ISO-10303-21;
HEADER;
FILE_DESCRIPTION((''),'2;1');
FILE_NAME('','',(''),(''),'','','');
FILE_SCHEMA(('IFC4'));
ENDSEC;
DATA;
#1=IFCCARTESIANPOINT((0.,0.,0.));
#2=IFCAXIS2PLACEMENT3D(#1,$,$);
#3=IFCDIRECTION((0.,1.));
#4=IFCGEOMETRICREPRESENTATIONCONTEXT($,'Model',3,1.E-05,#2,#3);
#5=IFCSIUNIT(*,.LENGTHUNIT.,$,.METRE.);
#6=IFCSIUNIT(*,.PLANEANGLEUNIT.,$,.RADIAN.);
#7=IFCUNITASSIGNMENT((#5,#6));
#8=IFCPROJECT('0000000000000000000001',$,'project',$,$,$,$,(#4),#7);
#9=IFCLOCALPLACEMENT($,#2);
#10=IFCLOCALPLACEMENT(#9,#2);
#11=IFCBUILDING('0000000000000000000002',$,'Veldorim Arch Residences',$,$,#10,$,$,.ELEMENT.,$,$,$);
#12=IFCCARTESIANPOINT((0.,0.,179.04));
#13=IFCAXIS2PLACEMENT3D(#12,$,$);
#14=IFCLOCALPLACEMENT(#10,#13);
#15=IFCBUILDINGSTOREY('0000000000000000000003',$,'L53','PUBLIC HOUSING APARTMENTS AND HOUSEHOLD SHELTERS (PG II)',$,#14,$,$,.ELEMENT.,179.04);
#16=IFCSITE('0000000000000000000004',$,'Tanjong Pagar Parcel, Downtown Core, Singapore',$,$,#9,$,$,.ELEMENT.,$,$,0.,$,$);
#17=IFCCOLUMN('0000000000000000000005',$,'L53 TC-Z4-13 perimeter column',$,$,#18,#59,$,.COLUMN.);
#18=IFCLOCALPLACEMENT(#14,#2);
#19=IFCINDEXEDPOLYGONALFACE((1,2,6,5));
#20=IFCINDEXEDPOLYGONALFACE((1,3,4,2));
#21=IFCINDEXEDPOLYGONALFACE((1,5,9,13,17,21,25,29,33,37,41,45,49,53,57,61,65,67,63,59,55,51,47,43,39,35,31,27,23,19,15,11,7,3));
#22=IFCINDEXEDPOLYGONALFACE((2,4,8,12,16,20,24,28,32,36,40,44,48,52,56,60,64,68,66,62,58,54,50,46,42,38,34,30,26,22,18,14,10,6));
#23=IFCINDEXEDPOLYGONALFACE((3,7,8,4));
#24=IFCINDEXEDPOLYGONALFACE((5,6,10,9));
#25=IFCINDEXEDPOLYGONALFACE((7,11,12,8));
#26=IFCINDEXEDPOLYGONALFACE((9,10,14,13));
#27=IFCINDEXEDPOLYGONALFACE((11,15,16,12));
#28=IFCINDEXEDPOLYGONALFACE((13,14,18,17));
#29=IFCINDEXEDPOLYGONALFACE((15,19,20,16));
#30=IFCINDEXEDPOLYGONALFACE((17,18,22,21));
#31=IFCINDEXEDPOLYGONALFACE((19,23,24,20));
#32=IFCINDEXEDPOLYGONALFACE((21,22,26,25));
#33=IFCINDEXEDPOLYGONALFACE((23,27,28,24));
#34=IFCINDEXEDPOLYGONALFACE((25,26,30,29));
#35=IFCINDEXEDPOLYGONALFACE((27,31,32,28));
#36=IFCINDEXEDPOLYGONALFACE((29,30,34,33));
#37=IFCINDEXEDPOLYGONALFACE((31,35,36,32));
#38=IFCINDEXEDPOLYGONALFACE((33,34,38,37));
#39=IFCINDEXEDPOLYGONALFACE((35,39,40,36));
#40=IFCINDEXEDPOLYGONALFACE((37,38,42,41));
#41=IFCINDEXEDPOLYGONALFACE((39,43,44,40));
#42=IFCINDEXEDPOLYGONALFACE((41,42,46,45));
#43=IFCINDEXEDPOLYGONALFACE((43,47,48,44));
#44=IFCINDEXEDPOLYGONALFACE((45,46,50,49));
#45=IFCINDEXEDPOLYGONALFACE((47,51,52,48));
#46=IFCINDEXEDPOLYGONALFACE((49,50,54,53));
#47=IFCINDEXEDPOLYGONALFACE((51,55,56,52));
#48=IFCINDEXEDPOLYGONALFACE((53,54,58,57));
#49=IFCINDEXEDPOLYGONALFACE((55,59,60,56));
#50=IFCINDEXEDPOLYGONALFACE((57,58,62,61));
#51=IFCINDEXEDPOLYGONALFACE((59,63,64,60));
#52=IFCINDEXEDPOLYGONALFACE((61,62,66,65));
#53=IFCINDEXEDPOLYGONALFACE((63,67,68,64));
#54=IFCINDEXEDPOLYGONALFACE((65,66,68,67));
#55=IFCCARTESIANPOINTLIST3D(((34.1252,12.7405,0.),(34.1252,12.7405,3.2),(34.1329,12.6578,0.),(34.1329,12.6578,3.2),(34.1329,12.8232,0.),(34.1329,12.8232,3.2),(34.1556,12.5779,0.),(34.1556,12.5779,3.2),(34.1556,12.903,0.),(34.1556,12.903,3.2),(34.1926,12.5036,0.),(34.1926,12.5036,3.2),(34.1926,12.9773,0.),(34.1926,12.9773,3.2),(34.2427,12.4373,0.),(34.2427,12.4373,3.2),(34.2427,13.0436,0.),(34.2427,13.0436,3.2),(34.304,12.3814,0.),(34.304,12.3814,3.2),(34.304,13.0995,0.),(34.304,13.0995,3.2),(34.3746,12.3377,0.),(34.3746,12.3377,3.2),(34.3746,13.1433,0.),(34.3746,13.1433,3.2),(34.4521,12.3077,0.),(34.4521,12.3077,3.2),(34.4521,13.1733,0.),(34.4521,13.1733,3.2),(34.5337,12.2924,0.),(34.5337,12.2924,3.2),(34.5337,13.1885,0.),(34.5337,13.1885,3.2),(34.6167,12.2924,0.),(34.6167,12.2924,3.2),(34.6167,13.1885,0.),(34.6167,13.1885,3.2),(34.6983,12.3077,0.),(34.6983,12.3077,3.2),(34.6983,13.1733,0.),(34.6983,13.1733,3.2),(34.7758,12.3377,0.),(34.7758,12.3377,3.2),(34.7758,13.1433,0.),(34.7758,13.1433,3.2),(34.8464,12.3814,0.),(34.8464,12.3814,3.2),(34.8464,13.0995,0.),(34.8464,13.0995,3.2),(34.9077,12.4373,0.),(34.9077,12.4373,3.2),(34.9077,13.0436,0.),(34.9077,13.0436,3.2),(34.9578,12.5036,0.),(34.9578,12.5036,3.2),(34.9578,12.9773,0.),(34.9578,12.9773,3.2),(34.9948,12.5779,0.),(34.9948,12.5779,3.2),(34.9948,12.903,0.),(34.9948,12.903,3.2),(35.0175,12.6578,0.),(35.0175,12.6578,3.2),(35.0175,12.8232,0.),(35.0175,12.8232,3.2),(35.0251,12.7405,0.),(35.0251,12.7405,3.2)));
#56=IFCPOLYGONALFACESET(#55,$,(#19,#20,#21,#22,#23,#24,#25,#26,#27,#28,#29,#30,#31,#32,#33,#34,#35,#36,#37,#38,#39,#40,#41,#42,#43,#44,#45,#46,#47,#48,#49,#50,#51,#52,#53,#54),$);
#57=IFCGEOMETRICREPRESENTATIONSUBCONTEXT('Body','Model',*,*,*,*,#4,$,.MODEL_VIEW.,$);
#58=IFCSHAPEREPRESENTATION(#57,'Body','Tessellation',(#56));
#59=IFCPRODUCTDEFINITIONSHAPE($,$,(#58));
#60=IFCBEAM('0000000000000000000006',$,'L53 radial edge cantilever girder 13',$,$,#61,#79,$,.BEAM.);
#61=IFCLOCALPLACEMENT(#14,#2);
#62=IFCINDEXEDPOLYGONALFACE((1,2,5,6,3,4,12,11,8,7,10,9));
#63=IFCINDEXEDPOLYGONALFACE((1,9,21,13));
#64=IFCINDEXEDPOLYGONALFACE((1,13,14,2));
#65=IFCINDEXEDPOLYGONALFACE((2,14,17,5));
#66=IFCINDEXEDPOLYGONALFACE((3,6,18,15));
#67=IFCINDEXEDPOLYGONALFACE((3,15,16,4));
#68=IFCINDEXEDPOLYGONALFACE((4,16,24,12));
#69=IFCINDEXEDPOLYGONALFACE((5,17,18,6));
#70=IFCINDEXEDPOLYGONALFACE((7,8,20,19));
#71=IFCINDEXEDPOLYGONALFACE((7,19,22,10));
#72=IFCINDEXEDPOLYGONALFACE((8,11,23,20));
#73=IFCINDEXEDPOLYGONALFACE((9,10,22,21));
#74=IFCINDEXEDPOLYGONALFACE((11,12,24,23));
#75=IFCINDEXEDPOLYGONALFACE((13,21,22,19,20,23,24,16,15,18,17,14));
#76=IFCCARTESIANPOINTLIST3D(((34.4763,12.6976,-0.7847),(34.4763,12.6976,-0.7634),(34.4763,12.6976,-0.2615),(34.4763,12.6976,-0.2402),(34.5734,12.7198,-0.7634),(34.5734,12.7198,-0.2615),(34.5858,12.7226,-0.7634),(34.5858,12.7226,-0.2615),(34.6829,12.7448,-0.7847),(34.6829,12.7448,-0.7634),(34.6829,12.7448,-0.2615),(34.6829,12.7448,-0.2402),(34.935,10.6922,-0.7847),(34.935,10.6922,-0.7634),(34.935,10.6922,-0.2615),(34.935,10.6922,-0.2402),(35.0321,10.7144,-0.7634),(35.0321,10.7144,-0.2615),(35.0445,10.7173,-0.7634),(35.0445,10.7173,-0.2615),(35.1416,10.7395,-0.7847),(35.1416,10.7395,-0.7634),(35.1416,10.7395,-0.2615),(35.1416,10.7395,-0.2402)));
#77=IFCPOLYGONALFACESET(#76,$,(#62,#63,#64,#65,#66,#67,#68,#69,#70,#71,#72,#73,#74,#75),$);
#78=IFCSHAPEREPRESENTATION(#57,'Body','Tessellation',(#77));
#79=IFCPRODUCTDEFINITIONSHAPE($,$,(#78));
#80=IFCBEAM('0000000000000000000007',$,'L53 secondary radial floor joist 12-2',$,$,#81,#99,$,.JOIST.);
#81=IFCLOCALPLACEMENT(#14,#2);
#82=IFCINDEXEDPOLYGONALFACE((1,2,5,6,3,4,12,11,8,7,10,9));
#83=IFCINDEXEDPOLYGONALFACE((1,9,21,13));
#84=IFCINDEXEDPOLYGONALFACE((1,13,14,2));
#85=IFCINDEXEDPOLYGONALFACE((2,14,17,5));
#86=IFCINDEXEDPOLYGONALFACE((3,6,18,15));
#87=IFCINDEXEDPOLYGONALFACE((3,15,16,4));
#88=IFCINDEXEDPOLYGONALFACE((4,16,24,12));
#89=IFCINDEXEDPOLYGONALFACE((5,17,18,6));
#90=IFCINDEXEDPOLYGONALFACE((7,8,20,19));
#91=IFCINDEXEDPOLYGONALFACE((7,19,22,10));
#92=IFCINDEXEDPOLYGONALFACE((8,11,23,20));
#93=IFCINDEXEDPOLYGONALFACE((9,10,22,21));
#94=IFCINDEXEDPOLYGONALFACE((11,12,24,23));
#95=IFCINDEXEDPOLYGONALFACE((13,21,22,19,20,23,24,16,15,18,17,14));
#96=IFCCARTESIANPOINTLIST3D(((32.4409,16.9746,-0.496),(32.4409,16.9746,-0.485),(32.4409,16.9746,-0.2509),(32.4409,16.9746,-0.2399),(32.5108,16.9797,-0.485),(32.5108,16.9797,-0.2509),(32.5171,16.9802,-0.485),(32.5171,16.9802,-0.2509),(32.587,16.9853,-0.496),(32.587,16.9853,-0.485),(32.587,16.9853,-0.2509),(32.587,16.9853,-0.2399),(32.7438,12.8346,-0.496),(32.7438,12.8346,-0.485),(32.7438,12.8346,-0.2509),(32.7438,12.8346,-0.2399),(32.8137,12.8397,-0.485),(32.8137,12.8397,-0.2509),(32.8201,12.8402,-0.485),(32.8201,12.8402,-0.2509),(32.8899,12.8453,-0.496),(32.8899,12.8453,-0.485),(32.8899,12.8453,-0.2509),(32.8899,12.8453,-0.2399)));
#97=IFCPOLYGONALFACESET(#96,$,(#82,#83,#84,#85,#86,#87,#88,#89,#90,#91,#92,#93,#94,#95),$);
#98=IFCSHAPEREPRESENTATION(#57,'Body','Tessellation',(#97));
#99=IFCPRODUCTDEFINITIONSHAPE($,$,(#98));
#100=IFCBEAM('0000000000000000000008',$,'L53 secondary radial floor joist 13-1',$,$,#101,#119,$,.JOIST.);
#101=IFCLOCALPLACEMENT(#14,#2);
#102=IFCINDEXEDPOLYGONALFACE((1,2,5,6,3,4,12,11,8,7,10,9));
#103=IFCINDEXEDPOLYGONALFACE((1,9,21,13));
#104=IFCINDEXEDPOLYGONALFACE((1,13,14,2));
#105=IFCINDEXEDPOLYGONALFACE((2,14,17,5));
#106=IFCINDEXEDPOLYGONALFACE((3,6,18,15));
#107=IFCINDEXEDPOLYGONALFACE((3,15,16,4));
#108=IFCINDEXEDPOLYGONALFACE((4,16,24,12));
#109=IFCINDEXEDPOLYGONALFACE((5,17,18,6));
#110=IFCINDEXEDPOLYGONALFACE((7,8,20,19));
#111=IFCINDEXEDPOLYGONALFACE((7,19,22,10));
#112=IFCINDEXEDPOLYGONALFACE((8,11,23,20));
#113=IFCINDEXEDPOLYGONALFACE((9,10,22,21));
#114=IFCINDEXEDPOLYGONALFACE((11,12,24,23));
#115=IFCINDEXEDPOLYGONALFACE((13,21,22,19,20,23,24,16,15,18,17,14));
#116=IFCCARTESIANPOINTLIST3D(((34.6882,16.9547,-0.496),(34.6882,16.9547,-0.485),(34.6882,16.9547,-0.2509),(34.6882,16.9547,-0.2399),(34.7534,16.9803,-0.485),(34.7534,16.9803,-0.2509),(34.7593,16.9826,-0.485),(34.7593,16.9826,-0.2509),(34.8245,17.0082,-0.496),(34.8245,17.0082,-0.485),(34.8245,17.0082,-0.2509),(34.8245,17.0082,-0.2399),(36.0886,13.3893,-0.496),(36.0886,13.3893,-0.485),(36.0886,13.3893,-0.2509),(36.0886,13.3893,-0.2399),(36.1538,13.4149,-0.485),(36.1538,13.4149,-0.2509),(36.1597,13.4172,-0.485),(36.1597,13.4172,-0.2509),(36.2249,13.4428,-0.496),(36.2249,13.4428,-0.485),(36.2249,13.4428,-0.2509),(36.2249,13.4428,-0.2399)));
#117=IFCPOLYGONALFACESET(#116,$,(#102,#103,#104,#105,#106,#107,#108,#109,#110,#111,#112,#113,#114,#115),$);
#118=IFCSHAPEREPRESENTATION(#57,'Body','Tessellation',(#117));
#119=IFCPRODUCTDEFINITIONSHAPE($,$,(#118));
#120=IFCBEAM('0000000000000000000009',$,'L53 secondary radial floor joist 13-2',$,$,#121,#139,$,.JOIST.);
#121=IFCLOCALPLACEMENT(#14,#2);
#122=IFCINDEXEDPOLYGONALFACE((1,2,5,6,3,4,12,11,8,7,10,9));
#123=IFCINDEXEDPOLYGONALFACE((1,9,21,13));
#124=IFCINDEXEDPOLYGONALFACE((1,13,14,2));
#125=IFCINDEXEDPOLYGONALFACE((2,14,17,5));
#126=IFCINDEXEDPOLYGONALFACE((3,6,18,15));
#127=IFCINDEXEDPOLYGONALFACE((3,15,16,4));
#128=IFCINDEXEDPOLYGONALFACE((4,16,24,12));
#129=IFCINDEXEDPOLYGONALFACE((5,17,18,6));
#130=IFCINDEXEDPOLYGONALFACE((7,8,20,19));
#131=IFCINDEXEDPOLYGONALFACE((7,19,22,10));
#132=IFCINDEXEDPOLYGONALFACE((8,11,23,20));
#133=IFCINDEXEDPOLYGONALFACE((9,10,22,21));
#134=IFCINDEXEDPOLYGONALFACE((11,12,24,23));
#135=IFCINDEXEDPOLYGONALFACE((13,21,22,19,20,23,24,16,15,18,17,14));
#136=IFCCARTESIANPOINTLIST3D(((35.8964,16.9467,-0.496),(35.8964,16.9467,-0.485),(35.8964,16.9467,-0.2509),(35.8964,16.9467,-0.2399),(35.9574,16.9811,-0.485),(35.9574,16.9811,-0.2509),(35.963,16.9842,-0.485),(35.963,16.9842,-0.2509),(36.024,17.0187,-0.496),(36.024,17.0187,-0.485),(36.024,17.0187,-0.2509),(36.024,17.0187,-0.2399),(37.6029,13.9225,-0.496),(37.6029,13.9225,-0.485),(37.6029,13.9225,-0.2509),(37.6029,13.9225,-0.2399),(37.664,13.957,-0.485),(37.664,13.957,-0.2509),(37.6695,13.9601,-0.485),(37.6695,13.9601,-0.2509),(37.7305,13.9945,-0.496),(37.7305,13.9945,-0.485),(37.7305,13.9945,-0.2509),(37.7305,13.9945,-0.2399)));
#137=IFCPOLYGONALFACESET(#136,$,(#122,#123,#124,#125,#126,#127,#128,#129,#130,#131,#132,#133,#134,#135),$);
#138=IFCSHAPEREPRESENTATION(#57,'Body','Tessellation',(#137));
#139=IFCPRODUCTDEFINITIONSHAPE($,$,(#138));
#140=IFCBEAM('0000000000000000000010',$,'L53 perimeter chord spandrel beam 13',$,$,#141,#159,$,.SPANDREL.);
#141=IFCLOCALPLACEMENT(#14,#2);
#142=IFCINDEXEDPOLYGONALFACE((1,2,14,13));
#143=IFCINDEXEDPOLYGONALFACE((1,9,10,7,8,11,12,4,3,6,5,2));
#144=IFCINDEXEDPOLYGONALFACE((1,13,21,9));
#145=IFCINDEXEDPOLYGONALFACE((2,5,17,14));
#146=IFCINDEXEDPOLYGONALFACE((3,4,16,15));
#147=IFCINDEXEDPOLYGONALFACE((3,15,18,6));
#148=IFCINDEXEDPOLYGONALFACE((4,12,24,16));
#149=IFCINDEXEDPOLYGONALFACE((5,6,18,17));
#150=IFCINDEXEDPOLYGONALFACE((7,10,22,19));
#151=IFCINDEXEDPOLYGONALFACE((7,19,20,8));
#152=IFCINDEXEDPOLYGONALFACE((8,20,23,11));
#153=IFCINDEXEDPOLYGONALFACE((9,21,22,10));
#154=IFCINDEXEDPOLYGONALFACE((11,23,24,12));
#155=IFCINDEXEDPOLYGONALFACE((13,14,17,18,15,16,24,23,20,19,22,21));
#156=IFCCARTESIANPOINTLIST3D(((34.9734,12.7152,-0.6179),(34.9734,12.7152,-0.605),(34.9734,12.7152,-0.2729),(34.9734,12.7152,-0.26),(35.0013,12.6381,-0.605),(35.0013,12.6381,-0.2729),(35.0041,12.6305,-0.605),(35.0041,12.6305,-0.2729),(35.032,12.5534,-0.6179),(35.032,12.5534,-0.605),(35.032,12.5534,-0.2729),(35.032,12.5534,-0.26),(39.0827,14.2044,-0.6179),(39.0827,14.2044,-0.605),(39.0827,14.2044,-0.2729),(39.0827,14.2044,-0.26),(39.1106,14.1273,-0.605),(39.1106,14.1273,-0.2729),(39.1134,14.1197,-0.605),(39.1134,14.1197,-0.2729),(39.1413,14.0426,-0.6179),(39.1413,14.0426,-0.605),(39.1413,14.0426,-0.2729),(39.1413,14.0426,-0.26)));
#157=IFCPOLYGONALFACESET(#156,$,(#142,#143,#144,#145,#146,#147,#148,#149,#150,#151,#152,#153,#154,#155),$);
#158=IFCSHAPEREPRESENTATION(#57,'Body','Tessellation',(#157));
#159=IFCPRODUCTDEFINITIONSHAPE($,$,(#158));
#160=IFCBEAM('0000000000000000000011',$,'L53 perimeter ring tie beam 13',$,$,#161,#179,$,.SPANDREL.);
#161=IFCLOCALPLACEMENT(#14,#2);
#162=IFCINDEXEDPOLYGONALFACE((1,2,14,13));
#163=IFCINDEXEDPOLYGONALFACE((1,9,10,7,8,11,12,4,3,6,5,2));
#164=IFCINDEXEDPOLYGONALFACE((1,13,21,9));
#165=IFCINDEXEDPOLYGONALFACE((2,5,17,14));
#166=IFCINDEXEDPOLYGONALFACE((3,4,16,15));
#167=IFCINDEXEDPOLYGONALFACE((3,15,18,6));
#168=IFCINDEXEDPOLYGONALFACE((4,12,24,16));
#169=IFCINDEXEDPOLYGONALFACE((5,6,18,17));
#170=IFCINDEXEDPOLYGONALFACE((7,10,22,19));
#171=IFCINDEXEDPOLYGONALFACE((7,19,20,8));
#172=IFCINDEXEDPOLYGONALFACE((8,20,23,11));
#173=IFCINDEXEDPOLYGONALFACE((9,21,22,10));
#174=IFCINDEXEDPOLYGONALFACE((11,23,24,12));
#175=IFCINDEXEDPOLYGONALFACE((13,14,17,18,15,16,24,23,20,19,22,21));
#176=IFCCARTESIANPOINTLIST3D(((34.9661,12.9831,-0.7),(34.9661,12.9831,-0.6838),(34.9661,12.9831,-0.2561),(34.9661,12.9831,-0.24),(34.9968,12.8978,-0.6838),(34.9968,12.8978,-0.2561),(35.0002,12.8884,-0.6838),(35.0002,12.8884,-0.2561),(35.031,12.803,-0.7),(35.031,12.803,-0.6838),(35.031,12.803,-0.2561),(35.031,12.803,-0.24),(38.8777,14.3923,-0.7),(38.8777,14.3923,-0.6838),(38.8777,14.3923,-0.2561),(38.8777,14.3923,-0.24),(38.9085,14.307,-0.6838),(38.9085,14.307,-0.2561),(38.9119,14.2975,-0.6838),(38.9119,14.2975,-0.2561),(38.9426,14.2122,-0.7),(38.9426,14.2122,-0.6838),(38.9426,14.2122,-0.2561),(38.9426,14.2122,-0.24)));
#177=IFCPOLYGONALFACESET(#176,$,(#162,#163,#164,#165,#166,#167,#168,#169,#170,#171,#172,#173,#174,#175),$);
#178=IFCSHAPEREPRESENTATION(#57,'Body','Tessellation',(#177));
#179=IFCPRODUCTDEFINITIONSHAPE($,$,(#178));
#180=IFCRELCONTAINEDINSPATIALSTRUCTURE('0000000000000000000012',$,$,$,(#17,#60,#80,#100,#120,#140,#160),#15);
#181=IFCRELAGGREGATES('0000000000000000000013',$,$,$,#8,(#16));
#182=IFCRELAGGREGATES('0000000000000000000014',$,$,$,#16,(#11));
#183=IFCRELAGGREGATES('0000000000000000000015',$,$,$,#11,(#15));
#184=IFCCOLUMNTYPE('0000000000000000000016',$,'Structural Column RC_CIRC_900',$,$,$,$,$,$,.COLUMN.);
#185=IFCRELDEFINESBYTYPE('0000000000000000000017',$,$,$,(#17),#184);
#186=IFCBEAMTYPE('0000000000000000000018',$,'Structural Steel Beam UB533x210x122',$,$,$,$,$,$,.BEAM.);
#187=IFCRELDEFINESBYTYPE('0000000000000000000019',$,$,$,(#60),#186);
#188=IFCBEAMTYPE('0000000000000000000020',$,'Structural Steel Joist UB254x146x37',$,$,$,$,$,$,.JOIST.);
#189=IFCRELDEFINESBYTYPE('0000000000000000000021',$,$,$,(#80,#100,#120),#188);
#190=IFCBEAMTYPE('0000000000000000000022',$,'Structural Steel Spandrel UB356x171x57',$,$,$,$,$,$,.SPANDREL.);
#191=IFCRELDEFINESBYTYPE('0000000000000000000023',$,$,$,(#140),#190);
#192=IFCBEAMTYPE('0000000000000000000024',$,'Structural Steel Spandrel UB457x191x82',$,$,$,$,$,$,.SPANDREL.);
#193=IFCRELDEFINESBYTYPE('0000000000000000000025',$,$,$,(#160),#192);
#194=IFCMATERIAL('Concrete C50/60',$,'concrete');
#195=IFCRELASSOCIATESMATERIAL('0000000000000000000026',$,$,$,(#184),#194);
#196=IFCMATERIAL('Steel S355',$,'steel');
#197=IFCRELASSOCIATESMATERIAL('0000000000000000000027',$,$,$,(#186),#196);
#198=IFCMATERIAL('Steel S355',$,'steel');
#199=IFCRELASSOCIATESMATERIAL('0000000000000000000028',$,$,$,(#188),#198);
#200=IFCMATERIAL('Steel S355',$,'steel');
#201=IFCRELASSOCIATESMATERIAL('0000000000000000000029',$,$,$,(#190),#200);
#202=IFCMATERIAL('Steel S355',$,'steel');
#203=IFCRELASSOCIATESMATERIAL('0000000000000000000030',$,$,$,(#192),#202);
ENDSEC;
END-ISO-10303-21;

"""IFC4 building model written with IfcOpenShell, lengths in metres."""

from ifc_helpers import new_model, si_unit, direction, frame, origin, origin_2d, place, context, subcontext, project, spatial, circle, i_section, extrude, material, material_profile, profile_set, type_object, element, save


model = new_model("IFC4")

# Units and contexts
model_context = context("Model", 3, precision=1e-05, world=origin(), true_north=direction((0.0, 1.0)))
body_context = subcontext(model_context, "Body", "Model", "MODEL_VIEW")
ifc_project = project(units=[si_unit("LENGTHUNIT", "METRE"), si_unit("PLANEANGLEUNIT", "RADIAN")], contexts=[model_context])

# Site, building, storey
site_placement = place(None, origin())
site = spatial("IfcSite", under=ifc_project, at=site_placement, Name="Tanjong Pagar Parcel, Downtown Core, Singapore", CompositionType="ELEMENT", RefElevation=0.0)
building_placement = place(site_placement, origin())
building = spatial("IfcBuilding", under=site, at=building_placement, Name="Veldorim Arch Residences", CompositionType="ELEMENT")
storey_placement = place(building_placement, frame((0.0, 0.0, 179.04)))
storey = spatial("IfcBuildingStorey", under=building, at=storey_placement, Name="L53", Description="PUBLIC HOUSING APARTMENTS AND HOUSEHOLD SHELTERS (PG II)", CompositionType="ELEMENT", Elevation=179.04)

# Column
ifc_material_1 = material(Name="Concrete C50/60", Category="concrete")
ifc_material_profile_1 = material_profile(ifc_material_1, circle(Radius=0.45, at=origin_2d()), Name="RC_CIRC_900")
ifc_profile_set_1 = profile_set([ifc_material_profile_1], Name="Concrete C50/60")
column_type = type_object("IfcColumnType", Name="Structural Column RC_CIRC_900", PredefinedType="COLUMN", material=ifc_profile_set_1)
column_placement = place(storey_placement, frame((34.5752, 12.7405, 0.0), z_axis=(0.0, 0.0, 1.0), x_axis=(1.0, 0.0, 0.0)))
element("IfcColumn", 1, at=column_placement, inside=storey, type_object=column_type, Name="L53 TC-Z4-13 perimeter column", PredefinedType="COLUMN", context=body_context, shape_type="SweptSolid", body=[
    extrude(circle(Radius=0.45, at=origin_2d()), origin(), (0.0, 0.0, 1.0), 3.2),
])

# Beams
ifc_material_2 = material(Name="Steel S355", Category="steel")
ifc_material_profile_2 = material_profile(ifc_material_2, i_section(OverallWidth=0.2119, OverallDepth=0.5444, WebThickness=0.0127, FlangeThickness=0.0212, at=origin_2d()), Name="UB533x210x122")
ifc_profile_set_2 = profile_set([ifc_material_profile_2], Name="Steel S355")
beam_type_1 = type_object("IfcBeamType", Name="Structural Steel Beam UB533x210x122", PredefinedType="BEAM", material=ifc_profile_set_2)
beam_1_placement = place(storey_placement, frame((34.5796, 12.7212, -0.5125), z_axis=(0.222996, -0.974819, 0.0), x_axis=(0.974819, 0.222996, 0.0)))
element("IfcBeam", 2, at=beam_1_placement, inside=storey, type_object=beam_type_1, Name="L53 radial edge cantilever girder 13", PredefinedType="BEAM", context=body_context, shape_type="SweptSolid", body=[
    extrude(i_section(OverallWidth=0.2119, OverallDepth=0.5444, WebThickness=0.0127, FlangeThickness=0.0212, at=origin_2d()), origin(), (0.0, 0.0, 1.0), 2.0571),
])
ifc_material_3 = material(Name="Steel S355", Category="steel")
ifc_material_profile_3 = material_profile(ifc_material_3, i_section(OverallWidth=0.1465, OverallDepth=0.2561, WebThickness=0.0063, FlangeThickness=0.011, at=origin_2d()), Name="UB254x146x37")
ifc_profile_set_3 = profile_set([ifc_material_profile_3], Name="Steel S355")
beam_type_2 = type_object("IfcBeamType", Name="Structural Steel Joist UB254x146x37", PredefinedType="JOIST", material=ifc_profile_set_3)
beam_2_placement = place(storey_placement, frame((32.5139, 16.98, -0.3679), z_axis=(0.072986, -0.997333, 0.0), x_axis=(0.997333, 0.072986, 0.0)))
element("IfcBeam", 3, at=beam_2_placement, inside=storey, type_object=beam_type_2, Name="L53 secondary radial floor joist 12-2", PredefinedType="JOIST", context=body_context, shape_type="SweptSolid", body=[
    extrude(i_section(OverallWidth=0.1465, OverallDepth=0.2561, WebThickness=0.0063, FlangeThickness=0.011, at=origin_2d()), origin(), (0.0, 0.0, 1.0), 4.1511),
])
beam_3_placement = place(storey_placement, frame((34.7563, 16.9814, -0.3679), z_axis=(0.365581, -0.930779, 0.0), x_axis=(0.930779, 0.365581, 0.0)))
element("IfcBeam", 4, at=beam_3_placement, inside=storey, type_object=beam_type_2, Name="L53 secondary radial floor joist 13-1", PredefinedType="JOIST", context=body_context, shape_type="SweptSolid", body=[
    extrude(i_section(OverallWidth=0.1465, OverallDepth=0.2561, WebThickness=0.0063, FlangeThickness=0.011, at=origin_2d()), origin(), (0.0, 0.0, 1.0), 3.8306),
])
beam_4_placement = place(storey_placement, frame((35.9602, 16.9827, -0.3679), z_axis=(0.491452, -0.870904, 0.0), x_axis=(0.870904, 0.491452, 0.0)))
element("IfcBeam", 5, at=beam_4_placement, inside=storey, type_object=beam_type_2, Name="L53 secondary radial floor joist 13-2", PredefinedType="JOIST", context=body_context, shape_type="SweptSolid", body=[
    extrude(i_section(OverallWidth=0.1465, OverallDepth=0.2561, WebThickness=0.0063, FlangeThickness=0.011, at=origin_2d()), origin(), (0.0, 0.0, 1.0), 3.4724),
])
ifc_material_4 = material(Name="Steel S355", Category="steel")
ifc_material_profile_4 = material_profile(ifc_material_4, i_section(OverallWidth=0.1721, OverallDepth=0.3579, WebThickness=0.0081, FlangeThickness=0.0129, at=origin_2d()), Name="UB356x171x57")
ifc_profile_set_4 = profile_set([ifc_material_profile_4], Name="Steel S355")
beam_type_3 = type_object("IfcBeamType", Name="Structural Steel Spandrel UB356x171x57", PredefinedType="SPANDREL", material=ifc_profile_set_4)
beam_5_placement = place(storey_placement, frame((35.0027, 12.6343, -0.439), z_axis=(0.940165, 0.34072, 0.0), x_axis=(-0.34072, 0.940165, 0.0)))
element("IfcBeam", 6, at=beam_5_placement, inside=storey, type_object=beam_type_3, Name="L53 perimeter chord spandrel beam 13", PredefinedType="SPANDREL", context=body_context, shape_type="SweptSolid", body=[
    extrude(i_section(OverallWidth=0.1721, OverallDepth=0.3579, WebThickness=0.0081, FlangeThickness=0.0129, at=origin_2d()), origin(), (0.0, 0.0, 1.0), 4.3708),
])
ifc_material_5 = material(Name="Steel S355", Category="steel")
ifc_material_profile_5 = material_profile(ifc_material_5, i_section(OverallWidth=0.1914, OverallDepth=0.46, WebThickness=0.01, FlangeThickness=0.0161, at=origin_2d()), Name="UB457x191x82")
ifc_profile_set_5 = profile_set([ifc_material_profile_5], Name="Steel S355")
beam_type_4 = type_object("IfcBeamType", Name="Structural Steel Spandrel UB457x191x82", PredefinedType="SPANDREL", material=ifc_profile_set_5)
beam_6_placement = place(storey_placement, frame((34.9985, 12.8931, -0.47), z_axis=(0.940811, 0.338932, 0.0), x_axis=(-0.338932, 0.940811, 0.0)))
element("IfcBeam", 7, at=beam_6_placement, inside=storey, type_object=beam_type_4, Name="L53 perimeter ring tie beam 13", PredefinedType="SPANDREL", context=body_context, shape_type="SweptSolid", body=[
    extrude(i_section(OverallWidth=0.1914, OverallDepth=0.46, WebThickness=0.01, FlangeThickness=0.0161, at=origin_2d()), origin(), (0.0, 0.0, 1.0), 4.1577),
])

save(model, "model.ifc")
